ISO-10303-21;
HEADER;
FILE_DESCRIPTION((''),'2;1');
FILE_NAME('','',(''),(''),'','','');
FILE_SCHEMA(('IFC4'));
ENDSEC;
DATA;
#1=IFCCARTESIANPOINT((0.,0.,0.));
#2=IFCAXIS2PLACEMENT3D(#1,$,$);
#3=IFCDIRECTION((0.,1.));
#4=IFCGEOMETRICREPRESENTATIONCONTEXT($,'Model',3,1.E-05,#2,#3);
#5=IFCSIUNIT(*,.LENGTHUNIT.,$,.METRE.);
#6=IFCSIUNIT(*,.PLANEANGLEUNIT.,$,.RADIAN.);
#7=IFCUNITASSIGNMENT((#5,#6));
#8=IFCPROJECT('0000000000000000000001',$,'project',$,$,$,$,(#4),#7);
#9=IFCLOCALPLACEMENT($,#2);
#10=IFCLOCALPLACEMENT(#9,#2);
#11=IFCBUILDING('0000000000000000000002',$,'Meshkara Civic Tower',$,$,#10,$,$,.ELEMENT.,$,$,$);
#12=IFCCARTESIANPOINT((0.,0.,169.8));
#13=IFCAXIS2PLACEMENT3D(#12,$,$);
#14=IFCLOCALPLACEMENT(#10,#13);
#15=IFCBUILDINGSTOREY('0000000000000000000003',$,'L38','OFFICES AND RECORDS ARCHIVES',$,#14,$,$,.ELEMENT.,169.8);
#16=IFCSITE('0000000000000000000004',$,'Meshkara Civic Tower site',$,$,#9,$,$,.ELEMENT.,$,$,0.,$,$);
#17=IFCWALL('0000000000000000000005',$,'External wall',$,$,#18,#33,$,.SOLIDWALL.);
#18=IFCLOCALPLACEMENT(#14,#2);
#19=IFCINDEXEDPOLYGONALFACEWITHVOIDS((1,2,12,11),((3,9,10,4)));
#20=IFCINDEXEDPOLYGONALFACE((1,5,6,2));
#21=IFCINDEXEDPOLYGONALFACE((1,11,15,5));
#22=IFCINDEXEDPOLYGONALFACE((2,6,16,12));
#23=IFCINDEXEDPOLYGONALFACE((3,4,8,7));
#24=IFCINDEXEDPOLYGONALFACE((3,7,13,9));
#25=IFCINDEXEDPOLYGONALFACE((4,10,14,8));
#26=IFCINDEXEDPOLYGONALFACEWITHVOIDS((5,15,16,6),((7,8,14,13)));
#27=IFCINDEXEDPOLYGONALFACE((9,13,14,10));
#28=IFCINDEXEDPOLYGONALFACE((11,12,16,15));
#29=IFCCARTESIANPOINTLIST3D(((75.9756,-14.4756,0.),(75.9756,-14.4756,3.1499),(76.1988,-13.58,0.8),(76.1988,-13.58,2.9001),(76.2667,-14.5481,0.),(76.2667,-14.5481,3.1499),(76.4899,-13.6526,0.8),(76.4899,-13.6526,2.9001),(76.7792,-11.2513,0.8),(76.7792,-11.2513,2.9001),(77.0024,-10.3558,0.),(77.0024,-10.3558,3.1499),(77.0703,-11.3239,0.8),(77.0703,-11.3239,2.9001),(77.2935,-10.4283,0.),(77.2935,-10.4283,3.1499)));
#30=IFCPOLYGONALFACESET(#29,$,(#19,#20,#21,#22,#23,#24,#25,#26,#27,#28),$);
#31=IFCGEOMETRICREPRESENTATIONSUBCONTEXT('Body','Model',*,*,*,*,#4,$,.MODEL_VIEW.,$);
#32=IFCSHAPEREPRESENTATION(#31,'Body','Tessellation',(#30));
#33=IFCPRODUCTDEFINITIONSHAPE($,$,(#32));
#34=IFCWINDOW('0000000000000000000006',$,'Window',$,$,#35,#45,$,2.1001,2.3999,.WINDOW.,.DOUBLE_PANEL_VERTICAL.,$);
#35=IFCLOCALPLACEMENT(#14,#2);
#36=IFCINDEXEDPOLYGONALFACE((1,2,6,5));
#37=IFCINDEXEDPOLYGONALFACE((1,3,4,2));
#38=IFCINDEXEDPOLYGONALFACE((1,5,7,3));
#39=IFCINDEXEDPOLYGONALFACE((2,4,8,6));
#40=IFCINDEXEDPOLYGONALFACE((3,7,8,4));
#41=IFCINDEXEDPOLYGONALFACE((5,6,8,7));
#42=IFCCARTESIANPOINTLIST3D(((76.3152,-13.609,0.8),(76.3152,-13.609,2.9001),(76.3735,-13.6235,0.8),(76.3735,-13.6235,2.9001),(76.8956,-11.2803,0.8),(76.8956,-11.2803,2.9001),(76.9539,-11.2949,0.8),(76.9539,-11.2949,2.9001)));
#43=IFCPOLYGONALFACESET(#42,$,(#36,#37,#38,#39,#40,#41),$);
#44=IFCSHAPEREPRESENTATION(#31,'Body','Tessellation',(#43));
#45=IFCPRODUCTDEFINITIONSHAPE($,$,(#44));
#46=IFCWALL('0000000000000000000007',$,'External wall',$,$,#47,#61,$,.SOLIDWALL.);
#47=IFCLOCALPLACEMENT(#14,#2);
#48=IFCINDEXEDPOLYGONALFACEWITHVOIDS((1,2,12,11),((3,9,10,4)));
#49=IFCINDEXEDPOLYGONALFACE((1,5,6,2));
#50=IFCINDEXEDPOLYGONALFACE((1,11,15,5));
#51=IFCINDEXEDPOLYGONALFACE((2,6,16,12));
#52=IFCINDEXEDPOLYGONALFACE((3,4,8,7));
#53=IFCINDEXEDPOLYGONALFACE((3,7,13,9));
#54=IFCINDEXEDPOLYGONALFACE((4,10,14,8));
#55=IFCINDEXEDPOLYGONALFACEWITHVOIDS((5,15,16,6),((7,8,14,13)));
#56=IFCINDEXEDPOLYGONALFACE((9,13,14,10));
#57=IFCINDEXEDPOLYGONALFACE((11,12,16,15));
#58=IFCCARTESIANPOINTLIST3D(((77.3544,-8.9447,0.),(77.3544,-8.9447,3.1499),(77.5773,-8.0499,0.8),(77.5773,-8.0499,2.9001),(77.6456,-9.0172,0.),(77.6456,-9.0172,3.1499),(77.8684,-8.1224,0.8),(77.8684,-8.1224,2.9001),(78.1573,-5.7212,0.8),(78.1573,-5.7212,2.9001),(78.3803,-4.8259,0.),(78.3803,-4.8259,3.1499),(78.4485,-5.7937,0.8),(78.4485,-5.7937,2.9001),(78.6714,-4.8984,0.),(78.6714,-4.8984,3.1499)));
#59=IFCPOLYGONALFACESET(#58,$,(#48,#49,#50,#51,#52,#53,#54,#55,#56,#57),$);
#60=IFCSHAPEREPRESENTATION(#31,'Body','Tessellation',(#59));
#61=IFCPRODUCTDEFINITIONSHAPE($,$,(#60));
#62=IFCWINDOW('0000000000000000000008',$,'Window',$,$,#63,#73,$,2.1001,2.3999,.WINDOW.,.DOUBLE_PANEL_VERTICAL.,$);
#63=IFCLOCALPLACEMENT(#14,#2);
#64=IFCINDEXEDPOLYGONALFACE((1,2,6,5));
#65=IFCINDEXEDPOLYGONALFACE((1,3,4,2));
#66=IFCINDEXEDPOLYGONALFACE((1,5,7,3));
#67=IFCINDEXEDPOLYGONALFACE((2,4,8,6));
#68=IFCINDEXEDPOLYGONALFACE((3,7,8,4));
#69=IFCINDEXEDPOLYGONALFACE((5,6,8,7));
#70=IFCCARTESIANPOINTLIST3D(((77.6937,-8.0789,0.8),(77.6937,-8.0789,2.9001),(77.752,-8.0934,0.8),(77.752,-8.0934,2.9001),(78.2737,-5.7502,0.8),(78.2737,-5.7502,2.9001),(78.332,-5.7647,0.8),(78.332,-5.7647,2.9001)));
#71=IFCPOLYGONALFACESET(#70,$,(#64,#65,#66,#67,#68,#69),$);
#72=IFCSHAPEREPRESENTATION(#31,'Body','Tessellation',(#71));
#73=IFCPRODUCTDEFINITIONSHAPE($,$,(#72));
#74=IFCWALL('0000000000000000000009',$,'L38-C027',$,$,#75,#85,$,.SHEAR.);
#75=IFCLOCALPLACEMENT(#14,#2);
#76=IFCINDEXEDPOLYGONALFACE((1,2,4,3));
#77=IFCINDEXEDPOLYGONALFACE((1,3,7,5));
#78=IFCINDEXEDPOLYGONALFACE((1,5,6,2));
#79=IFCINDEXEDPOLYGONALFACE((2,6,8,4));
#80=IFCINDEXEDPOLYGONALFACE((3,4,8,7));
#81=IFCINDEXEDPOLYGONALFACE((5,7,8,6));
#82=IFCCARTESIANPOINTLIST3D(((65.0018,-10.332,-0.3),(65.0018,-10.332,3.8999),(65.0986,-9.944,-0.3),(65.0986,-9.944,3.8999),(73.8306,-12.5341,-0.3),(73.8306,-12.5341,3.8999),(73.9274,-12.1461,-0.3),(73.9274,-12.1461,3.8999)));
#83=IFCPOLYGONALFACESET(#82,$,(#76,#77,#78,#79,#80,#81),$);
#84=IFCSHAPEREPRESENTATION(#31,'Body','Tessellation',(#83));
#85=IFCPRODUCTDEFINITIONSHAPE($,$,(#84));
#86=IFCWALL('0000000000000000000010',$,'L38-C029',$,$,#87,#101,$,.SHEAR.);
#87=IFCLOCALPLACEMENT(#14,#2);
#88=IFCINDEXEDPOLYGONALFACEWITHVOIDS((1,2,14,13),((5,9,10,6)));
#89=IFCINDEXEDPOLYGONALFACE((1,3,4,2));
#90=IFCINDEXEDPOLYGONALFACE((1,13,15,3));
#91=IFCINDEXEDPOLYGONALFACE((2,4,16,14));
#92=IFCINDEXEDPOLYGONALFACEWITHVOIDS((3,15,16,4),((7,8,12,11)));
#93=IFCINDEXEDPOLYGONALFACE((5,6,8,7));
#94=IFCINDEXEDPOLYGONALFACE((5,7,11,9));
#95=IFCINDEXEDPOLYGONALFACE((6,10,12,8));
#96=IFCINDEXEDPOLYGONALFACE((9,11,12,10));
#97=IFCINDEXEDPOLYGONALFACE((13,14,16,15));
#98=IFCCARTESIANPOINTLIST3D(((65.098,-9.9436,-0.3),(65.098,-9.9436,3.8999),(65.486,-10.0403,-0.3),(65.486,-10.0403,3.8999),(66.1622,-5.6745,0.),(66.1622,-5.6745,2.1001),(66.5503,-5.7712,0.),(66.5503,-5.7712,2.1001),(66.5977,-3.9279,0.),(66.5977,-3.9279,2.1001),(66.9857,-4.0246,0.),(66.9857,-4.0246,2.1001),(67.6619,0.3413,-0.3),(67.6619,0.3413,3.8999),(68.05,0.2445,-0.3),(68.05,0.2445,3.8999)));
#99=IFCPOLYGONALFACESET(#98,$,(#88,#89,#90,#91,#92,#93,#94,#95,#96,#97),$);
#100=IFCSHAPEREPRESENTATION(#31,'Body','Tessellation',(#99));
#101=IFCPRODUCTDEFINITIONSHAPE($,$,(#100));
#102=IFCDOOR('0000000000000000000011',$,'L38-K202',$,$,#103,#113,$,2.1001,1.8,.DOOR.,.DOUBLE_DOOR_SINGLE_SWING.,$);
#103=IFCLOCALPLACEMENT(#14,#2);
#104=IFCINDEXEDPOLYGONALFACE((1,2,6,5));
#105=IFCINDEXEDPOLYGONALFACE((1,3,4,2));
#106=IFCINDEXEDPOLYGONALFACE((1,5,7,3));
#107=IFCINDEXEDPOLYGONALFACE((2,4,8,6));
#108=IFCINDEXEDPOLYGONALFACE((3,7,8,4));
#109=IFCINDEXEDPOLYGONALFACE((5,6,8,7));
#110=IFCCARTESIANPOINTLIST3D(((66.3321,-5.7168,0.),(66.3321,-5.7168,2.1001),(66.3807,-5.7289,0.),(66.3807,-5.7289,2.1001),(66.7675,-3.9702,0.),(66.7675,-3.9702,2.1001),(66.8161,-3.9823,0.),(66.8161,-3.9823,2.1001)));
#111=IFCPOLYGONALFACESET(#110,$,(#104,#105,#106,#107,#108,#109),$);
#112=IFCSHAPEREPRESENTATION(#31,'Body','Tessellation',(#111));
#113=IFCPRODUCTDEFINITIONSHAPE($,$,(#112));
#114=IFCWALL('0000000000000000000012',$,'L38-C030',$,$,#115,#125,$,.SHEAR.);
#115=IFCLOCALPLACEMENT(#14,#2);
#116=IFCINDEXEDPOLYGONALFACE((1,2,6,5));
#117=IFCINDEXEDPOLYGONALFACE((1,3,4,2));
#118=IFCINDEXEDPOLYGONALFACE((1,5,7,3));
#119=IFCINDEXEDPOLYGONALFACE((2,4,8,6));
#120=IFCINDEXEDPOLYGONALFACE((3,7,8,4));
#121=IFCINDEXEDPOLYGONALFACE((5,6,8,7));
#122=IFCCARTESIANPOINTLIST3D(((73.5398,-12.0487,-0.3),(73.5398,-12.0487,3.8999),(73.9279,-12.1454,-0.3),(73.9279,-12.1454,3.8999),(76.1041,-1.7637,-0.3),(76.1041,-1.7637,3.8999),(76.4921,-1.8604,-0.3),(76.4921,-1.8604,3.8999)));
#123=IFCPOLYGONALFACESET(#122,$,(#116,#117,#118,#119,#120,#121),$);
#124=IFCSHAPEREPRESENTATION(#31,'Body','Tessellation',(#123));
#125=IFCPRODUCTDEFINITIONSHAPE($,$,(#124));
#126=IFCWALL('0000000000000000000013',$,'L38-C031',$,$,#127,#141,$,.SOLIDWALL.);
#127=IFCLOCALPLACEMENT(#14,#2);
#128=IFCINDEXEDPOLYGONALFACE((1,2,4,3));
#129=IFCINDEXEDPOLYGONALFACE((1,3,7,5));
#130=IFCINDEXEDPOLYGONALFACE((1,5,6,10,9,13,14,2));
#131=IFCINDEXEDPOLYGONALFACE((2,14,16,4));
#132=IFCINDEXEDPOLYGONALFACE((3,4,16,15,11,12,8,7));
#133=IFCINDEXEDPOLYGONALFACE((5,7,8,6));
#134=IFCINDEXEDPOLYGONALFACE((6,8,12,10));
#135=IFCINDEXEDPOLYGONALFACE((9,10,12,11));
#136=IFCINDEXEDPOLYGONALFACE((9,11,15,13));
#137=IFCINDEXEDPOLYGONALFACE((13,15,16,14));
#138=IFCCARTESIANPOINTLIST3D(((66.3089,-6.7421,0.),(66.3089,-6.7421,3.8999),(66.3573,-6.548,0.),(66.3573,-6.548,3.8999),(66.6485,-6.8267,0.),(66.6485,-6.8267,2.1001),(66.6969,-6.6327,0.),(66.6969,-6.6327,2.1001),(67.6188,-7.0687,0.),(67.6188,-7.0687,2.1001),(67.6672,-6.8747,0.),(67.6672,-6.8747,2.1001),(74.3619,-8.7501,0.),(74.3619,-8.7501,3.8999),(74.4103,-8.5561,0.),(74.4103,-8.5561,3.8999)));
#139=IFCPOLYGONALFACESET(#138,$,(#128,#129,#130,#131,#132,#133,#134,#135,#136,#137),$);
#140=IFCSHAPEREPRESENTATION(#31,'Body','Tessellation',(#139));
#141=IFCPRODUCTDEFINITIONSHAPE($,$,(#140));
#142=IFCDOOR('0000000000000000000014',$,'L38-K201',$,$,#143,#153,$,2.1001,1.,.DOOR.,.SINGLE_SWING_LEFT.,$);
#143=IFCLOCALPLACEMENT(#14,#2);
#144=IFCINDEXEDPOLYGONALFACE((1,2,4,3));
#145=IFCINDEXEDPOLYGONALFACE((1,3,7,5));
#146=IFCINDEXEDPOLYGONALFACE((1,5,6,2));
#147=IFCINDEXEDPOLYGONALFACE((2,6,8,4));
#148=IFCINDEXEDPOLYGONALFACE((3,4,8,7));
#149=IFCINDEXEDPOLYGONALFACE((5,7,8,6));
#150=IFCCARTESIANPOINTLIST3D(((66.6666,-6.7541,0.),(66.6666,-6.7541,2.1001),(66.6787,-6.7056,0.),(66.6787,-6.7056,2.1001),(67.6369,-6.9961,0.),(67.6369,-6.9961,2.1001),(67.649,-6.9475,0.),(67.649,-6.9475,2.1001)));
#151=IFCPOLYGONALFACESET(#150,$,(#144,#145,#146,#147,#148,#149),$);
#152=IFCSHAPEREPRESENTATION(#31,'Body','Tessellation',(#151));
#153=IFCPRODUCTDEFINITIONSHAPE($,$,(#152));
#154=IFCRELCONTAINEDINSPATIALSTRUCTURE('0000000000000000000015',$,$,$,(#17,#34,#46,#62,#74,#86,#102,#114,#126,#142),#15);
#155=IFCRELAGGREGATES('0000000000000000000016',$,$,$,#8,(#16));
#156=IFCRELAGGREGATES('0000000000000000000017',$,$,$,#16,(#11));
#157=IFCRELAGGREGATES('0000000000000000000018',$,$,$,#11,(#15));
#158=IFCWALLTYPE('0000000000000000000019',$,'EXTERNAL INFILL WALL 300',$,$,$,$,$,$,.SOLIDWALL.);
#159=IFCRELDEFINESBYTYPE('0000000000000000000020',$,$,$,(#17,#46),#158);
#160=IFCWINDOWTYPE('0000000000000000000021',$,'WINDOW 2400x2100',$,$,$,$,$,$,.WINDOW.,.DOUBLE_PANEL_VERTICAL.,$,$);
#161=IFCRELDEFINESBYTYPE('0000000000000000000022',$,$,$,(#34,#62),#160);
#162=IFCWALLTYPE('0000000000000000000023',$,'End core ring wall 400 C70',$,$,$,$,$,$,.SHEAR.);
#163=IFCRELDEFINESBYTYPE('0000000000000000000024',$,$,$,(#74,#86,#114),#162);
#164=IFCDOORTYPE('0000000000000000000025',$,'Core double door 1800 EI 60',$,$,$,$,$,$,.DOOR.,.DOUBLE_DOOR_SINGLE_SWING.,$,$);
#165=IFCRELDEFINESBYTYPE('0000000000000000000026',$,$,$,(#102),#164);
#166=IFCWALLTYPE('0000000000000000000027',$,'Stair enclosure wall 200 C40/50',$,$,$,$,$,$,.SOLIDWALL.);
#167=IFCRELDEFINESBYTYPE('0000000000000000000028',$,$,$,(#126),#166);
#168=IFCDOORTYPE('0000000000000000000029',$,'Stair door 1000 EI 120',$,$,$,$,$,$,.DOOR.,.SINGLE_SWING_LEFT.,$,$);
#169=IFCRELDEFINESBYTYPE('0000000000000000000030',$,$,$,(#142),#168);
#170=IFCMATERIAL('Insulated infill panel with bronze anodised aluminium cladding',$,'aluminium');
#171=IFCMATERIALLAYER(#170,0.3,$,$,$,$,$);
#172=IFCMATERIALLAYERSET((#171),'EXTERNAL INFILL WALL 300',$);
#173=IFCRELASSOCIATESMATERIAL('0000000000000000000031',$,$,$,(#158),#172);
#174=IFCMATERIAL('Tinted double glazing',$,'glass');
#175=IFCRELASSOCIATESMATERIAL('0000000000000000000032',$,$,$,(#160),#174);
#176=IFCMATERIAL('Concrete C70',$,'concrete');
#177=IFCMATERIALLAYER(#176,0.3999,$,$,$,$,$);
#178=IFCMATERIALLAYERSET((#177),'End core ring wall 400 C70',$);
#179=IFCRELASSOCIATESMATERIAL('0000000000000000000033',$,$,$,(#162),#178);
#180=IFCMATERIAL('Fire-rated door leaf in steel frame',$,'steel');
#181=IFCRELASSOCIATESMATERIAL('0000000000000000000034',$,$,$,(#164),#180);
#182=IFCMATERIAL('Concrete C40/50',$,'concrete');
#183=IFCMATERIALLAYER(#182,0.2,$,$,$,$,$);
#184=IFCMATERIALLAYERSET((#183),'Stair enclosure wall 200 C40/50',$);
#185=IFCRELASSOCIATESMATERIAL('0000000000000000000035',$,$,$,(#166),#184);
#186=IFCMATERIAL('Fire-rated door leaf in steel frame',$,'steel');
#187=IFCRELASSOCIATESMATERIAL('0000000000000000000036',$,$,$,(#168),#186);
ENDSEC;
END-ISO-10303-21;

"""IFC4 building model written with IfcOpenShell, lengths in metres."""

from ifc_helpers import new_model, si_unit, direction, frame, frame_2d, origin, place, context, subcontext, project, spatial, rectangle, extrude, material, layer, layer_set, type_object, element, fill, save


model = new_model("IFC4")

# Units and contexts
model_context = context("Model", 3, precision=1e-05, world=origin(), true_north=direction((0.0, 1.0)))
body_context = subcontext(model_context, "Body", "Model", "MODEL_VIEW")
ifc_project = project(units=[si_unit("LENGTHUNIT", "METRE"), si_unit("PLANEANGLEUNIT", "RADIAN")], contexts=[model_context])

# Site, building, storey
site_placement = place(None, origin())
site = spatial("IfcSite", under=ifc_project, at=site_placement, Name="Meshkara Civic Tower site", CompositionType="ELEMENT", RefElevation=0.0)
building_placement = place(site_placement, origin())
building = spatial("IfcBuilding", under=site, at=building_placement, Name="Meshkara Civic Tower", CompositionType="ELEMENT")
storey_placement = place(building_placement, frame((0.0, 0.0, 169.8)))
storey = spatial("IfcBuildingStorey", under=building, at=storey_placement, Name="L38", Description="OFFICES AND RECORDS ARCHIVES", CompositionType="ELEMENT", Elevation=169.8)

# Walls, openings, windows
ifc_material_1 = material(Name="Insulated infill panel with bronze anodised aluminium cladding", Category="aluminium")
ifc_layer_1 = layer(ifc_material_1, 0.3)
ifc_layer_set_1 = layer_set([ifc_layer_1], Name="EXTERNAL INFILL WALL 300")
wall_type_1 = type_object("IfcWallType", Name="EXTERNAL INFILL WALL 300", PredefinedType="SOLIDWALL", material=ifc_layer_set_1)
ifc_material_2 = material(Name="Tinted double glazing", Category="glass")
window_type_1 = type_object("IfcWindowType", Name="WINDOW 2400x2100", PartitioningType="DOUBLE_PANEL_VERTICAL", PredefinedType="WINDOW", material=ifc_material_2)
wall_1_placement = place(storey_placement, frame((76.1211, -14.512, 0.0), z_axis=(0.0, 0.0, 1.0), x_axis=(0.241846, 0.970315, 0.0)))
wall_1 = element("IfcWall", 1, at=wall_1_placement, inside=storey, type_object=wall_type_1, Name="External wall", PredefinedType="SOLIDWALL", context=body_context, shape_type="SweptSolid", body=[
    extrude(rectangle(XDim=4.2458, YDim=0.3, at=frame_2d((2.123, 0.0))), origin(), (0.0, 0.0, 1.0), 3.1499),
])
opening_1_placement = place(wall_1_placement, frame((0.9231, 0.0, 0.8)))
opening_1 = element("IfcOpeningElement", 2, at=opening_1_placement, cuts=wall_1, PredefinedType="OPENING", context=body_context, shape_type="SweptSolid", body=[
    extrude(rectangle(XDim=2.3999, YDim=2.1001, at=frame_2d((1.2, 1.05))), frame((0.0, 0.1599, 0.0), z_axis=(0.0, -1.0, 0.0), x_axis=(1.0, 0.0, 0.0)), (0.0, 0.0, 1.0), 0.3201),
])
window_1_placement = place(opening_1_placement, origin())
window_1 = element("IfcWindow", 3, at=window_1_placement, inside=storey, type_object=window_type_1, Name="Window", OverallHeight=2.1001, OverallWidth=2.3999, PartitioningType="DOUBLE_PANEL_VERTICAL", PredefinedType="WINDOW", context=body_context, shape_type="SweptSolid", body=[
    extrude(rectangle(XDim=2.3999, YDim=2.1001, at=frame_2d((1.2, 1.05))), frame((0.0, 0.03, 0.0), z_axis=(0.0, -1.0, 0.0), x_axis=(1.0, 0.0, 0.0)), (0.0, 0.0, 1.0), 0.0601),
])
fill(opening_1, window_1)
wall_2_placement = place(storey_placement, frame((77.5, -8.981, 0.0), z_axis=(0.0, 0.0, 1.0), x_axis=(0.241683, 0.970355, 0.0)))
wall_2 = element("IfcWall", 4, at=wall_2_placement, inside=storey, type_object=wall_type_1, Name="External wall", PredefinedType="SOLIDWALL", context=body_context, shape_type="SweptSolid", body=[
    extrude(rectangle(XDim=4.2446, YDim=0.3, at=frame_2d((2.1223, 0.0))), origin(), (0.0, 0.0, 1.0), 3.1499),
])
opening_2_placement = place(wall_2_placement, frame((0.9221, 0.0, 0.8)))
opening_2 = element("IfcOpeningElement", 5, at=opening_2_placement, cuts=wall_2, PredefinedType="OPENING", context=body_context, shape_type="SweptSolid", body=[
    extrude(rectangle(XDim=2.3999, YDim=2.1001, at=frame_2d((1.2, 1.05))), frame((0.0, 0.1599, 0.0), z_axis=(0.0, -1.0, 0.0), x_axis=(1.0, 0.0, 0.0)), (0.0, 0.0, 1.0), 0.3201),
])
window_2_placement = place(opening_2_placement, origin())
window_2 = element("IfcWindow", 6, at=window_2_placement, inside=storey, type_object=window_type_1, Name="Window", OverallHeight=2.1001, OverallWidth=2.3999, PartitioningType="DOUBLE_PANEL_VERTICAL", PredefinedType="WINDOW", context=body_context, shape_type="SweptSolid", body=[
    extrude(rectangle(XDim=2.3999, YDim=2.1001, at=frame_2d((1.2, 1.05))), frame((0.0, 0.03, 0.0), z_axis=(0.0, -1.0, 0.0), x_axis=(1.0, 0.0, 0.0)), (0.0, 0.0, 1.0), 0.0601),
])
fill(opening_2, window_2)

# Wall
ifc_material_3 = material(Name="Concrete C70", Category="concrete")
ifc_layer_2 = layer(ifc_material_3, 0.3999)
ifc_layer_set_2 = layer_set([ifc_layer_2], Name="End core ring wall 400 C70")
wall_type_2 = type_object("IfcWallType", Name="End core ring wall 400 C70", PredefinedType="SHEAR", material=ifc_layer_set_2)
wall_3_placement = place(storey_placement, frame((65.05, -10.1379, -0.3), z_axis=(0.0, 0.0, 1.0), x_axis=(0.970273, -0.242012, 0.0)))
element("IfcWall", 7, at=wall_3_placement, inside=storey, type_object=wall_type_2, Name="L38-C027", PredefinedType="SHEAR", context=body_context, shape_type="SweptSolid", body=[
    extrude(rectangle(XDim=9.0994, YDim=0.3999, at=frame_2d((4.5498, 0.0))), origin(), (0.0, 0.0, 1.0), 4.2),
])

# Wall, opening, door
wall_4_placement = place(storey_placement, frame((65.292, -9.9919, -0.3), z_axis=(0.0, 0.0, 1.0), x_axis=(0.241891, 0.970304, 0.0)))
wall_4 = element("IfcWall", 8, at=wall_4_placement, inside=storey, type_object=wall_type_2, Name="L38-C029", PredefinedType="SHEAR", context=body_context, shape_type="SweptSolid", body=[
    extrude(rectangle(XDim=10.5996, YDim=0.3999, at=frame_2d((5.2998, 0.0))), origin(), (0.0, 0.0, 1.0), 4.2),
])
opening_3_placement = place(wall_4_placement, frame((4.3999, 0.0, 0.3)))
opening_3 = element("IfcOpeningElement", 9, at=opening_3_placement, cuts=wall_4, PredefinedType="OPENING", context=body_context, shape_type="SweptSolid", body=[
    extrude(rectangle(XDim=1.8, YDim=2.1001, at=frame_2d((0.8999, 1.05))), frame((0.0, 0.21, 0.0), z_axis=(0.0, -1.0, 0.0), x_axis=(1.0, 0.0, 0.0)), (0.0, 0.0, 1.0), 0.4199),
])
ifc_material_4 = material(Name="Fire-rated door leaf in steel frame", Category="steel")
door_type_1 = type_object("IfcDoorType", Name="Core double door 1800 EI 60", OperationType="DOUBLE_DOOR_SINGLE_SWING", PredefinedType="DOOR", material=ifc_material_4)
door_1_placement = place(opening_3_placement, origin())
door_1 = element("IfcDoor", 10, at=door_1_placement, inside=storey, type_object=door_type_1, Name="L38-K202", OperationType="DOUBLE_DOOR_SINGLE_SWING", OverallHeight=2.1001, OverallWidth=1.8, PredefinedType="DOOR", context=body_context, shape_type="SweptSolid", body=[
    extrude(rectangle(XDim=1.8, YDim=2.1001, at=frame_2d((0.8999, 1.05))), frame((0.0, 0.0249, 0.0), z_axis=(0.0, -1.0, 0.0), x_axis=(1.0, 0.0, 0.0)), (0.0, 0.0, 1.0), 0.05),
])
fill(opening_3, door_1)

# Wall
wall_5_placement = place(storey_placement, frame((73.7339, -12.0969, -0.3), z_axis=(0.0, 0.0, 1.0), x_axis=(0.241912, 0.970298, 0.0)))
element("IfcWall", 11, at=wall_5_placement, inside=storey, type_object=wall_type_2, Name="L38-C030", PredefinedType="SHEAR", context=body_context, shape_type="SweptSolid", body=[
    extrude(rectangle(XDim=10.5999, YDim=0.3999, at=frame_2d((5.2998, 0.0))), origin(), (0.0, 0.0, 1.0), 4.2),
])

# Wall, opening, door
ifc_material_5 = material(Name="Concrete C40/50", Category="concrete")
ifc_layer_3 = layer(ifc_material_5, 0.2)
ifc_layer_set_3 = layer_set([ifc_layer_3], Name="Stair enclosure wall 200 C40/50")
wall_type_3 = type_object("IfcWallType", Name="Stair enclosure wall 200 C40/50", PredefinedType="SOLIDWALL", material=ifc_layer_set_3)
wall_6_placement = place(storey_placement, frame((66.333, -6.645, 0.0), z_axis=(0.0, 0.0, 1.0), x_axis=(0.970289, -0.241947, 0.0)))
wall_6 = element("IfcWall", 12, at=wall_6_placement, inside=storey, type_object=wall_type_3, Name="L38-C031", PredefinedType="SOLIDWALL", context=body_context, shape_type="SweptSolid", body=[
    extrude(rectangle(XDim=8.2996, YDim=0.2, at=frame_2d((4.1499, 0.0))), origin(), (0.0, 0.0, 1.0), 3.8999),
])
opening_4_placement = place(wall_6_placement, frame((0.3501, 0.0, 0.0)))
opening_4 = element("IfcOpeningElement", 13, at=opening_4_placement, cuts=wall_6, PredefinedType="OPENING", context=body_context, shape_type="SweptSolid", body=[
    extrude(rectangle(XDim=1.0, YDim=2.1001, at=frame_2d((0.5, 1.05))), frame((0.0, 0.1099, 0.0), z_axis=(0.0, -1.0, 0.0), x_axis=(1.0, 0.0, 0.0)), (0.0, 0.0, 1.0), 0.22),
])
ifc_material_6 = material(Name="Fire-rated door leaf in steel frame", Category="steel")
door_type_2 = type_object("IfcDoorType", Name="Stair door 1000 EI 120", OperationType="SINGLE_SWING_LEFT", PredefinedType="DOOR", material=ifc_material_6)
door_2_placement = place(opening_4_placement, origin())
door_2 = element("IfcDoor", 14, at=door_2_placement, inside=storey, type_object=door_type_2, Name="L38-K201", OperationType="SINGLE_SWING_LEFT", OverallHeight=2.1001, OverallWidth=1.0, PredefinedType="DOOR", context=body_context, shape_type="SweptSolid", body=[
    extrude(rectangle(XDim=1.0, YDim=2.1001, at=frame_2d((0.5, 1.05))), frame((0.0, 0.0249, 0.0), z_axis=(0.0, -1.0, 0.0), x_axis=(1.0, 0.0, 0.0)), (0.0, 0.0, 1.0), 0.05),
])
fill(opening_4, door_2)

save(model, "model.ifc")
